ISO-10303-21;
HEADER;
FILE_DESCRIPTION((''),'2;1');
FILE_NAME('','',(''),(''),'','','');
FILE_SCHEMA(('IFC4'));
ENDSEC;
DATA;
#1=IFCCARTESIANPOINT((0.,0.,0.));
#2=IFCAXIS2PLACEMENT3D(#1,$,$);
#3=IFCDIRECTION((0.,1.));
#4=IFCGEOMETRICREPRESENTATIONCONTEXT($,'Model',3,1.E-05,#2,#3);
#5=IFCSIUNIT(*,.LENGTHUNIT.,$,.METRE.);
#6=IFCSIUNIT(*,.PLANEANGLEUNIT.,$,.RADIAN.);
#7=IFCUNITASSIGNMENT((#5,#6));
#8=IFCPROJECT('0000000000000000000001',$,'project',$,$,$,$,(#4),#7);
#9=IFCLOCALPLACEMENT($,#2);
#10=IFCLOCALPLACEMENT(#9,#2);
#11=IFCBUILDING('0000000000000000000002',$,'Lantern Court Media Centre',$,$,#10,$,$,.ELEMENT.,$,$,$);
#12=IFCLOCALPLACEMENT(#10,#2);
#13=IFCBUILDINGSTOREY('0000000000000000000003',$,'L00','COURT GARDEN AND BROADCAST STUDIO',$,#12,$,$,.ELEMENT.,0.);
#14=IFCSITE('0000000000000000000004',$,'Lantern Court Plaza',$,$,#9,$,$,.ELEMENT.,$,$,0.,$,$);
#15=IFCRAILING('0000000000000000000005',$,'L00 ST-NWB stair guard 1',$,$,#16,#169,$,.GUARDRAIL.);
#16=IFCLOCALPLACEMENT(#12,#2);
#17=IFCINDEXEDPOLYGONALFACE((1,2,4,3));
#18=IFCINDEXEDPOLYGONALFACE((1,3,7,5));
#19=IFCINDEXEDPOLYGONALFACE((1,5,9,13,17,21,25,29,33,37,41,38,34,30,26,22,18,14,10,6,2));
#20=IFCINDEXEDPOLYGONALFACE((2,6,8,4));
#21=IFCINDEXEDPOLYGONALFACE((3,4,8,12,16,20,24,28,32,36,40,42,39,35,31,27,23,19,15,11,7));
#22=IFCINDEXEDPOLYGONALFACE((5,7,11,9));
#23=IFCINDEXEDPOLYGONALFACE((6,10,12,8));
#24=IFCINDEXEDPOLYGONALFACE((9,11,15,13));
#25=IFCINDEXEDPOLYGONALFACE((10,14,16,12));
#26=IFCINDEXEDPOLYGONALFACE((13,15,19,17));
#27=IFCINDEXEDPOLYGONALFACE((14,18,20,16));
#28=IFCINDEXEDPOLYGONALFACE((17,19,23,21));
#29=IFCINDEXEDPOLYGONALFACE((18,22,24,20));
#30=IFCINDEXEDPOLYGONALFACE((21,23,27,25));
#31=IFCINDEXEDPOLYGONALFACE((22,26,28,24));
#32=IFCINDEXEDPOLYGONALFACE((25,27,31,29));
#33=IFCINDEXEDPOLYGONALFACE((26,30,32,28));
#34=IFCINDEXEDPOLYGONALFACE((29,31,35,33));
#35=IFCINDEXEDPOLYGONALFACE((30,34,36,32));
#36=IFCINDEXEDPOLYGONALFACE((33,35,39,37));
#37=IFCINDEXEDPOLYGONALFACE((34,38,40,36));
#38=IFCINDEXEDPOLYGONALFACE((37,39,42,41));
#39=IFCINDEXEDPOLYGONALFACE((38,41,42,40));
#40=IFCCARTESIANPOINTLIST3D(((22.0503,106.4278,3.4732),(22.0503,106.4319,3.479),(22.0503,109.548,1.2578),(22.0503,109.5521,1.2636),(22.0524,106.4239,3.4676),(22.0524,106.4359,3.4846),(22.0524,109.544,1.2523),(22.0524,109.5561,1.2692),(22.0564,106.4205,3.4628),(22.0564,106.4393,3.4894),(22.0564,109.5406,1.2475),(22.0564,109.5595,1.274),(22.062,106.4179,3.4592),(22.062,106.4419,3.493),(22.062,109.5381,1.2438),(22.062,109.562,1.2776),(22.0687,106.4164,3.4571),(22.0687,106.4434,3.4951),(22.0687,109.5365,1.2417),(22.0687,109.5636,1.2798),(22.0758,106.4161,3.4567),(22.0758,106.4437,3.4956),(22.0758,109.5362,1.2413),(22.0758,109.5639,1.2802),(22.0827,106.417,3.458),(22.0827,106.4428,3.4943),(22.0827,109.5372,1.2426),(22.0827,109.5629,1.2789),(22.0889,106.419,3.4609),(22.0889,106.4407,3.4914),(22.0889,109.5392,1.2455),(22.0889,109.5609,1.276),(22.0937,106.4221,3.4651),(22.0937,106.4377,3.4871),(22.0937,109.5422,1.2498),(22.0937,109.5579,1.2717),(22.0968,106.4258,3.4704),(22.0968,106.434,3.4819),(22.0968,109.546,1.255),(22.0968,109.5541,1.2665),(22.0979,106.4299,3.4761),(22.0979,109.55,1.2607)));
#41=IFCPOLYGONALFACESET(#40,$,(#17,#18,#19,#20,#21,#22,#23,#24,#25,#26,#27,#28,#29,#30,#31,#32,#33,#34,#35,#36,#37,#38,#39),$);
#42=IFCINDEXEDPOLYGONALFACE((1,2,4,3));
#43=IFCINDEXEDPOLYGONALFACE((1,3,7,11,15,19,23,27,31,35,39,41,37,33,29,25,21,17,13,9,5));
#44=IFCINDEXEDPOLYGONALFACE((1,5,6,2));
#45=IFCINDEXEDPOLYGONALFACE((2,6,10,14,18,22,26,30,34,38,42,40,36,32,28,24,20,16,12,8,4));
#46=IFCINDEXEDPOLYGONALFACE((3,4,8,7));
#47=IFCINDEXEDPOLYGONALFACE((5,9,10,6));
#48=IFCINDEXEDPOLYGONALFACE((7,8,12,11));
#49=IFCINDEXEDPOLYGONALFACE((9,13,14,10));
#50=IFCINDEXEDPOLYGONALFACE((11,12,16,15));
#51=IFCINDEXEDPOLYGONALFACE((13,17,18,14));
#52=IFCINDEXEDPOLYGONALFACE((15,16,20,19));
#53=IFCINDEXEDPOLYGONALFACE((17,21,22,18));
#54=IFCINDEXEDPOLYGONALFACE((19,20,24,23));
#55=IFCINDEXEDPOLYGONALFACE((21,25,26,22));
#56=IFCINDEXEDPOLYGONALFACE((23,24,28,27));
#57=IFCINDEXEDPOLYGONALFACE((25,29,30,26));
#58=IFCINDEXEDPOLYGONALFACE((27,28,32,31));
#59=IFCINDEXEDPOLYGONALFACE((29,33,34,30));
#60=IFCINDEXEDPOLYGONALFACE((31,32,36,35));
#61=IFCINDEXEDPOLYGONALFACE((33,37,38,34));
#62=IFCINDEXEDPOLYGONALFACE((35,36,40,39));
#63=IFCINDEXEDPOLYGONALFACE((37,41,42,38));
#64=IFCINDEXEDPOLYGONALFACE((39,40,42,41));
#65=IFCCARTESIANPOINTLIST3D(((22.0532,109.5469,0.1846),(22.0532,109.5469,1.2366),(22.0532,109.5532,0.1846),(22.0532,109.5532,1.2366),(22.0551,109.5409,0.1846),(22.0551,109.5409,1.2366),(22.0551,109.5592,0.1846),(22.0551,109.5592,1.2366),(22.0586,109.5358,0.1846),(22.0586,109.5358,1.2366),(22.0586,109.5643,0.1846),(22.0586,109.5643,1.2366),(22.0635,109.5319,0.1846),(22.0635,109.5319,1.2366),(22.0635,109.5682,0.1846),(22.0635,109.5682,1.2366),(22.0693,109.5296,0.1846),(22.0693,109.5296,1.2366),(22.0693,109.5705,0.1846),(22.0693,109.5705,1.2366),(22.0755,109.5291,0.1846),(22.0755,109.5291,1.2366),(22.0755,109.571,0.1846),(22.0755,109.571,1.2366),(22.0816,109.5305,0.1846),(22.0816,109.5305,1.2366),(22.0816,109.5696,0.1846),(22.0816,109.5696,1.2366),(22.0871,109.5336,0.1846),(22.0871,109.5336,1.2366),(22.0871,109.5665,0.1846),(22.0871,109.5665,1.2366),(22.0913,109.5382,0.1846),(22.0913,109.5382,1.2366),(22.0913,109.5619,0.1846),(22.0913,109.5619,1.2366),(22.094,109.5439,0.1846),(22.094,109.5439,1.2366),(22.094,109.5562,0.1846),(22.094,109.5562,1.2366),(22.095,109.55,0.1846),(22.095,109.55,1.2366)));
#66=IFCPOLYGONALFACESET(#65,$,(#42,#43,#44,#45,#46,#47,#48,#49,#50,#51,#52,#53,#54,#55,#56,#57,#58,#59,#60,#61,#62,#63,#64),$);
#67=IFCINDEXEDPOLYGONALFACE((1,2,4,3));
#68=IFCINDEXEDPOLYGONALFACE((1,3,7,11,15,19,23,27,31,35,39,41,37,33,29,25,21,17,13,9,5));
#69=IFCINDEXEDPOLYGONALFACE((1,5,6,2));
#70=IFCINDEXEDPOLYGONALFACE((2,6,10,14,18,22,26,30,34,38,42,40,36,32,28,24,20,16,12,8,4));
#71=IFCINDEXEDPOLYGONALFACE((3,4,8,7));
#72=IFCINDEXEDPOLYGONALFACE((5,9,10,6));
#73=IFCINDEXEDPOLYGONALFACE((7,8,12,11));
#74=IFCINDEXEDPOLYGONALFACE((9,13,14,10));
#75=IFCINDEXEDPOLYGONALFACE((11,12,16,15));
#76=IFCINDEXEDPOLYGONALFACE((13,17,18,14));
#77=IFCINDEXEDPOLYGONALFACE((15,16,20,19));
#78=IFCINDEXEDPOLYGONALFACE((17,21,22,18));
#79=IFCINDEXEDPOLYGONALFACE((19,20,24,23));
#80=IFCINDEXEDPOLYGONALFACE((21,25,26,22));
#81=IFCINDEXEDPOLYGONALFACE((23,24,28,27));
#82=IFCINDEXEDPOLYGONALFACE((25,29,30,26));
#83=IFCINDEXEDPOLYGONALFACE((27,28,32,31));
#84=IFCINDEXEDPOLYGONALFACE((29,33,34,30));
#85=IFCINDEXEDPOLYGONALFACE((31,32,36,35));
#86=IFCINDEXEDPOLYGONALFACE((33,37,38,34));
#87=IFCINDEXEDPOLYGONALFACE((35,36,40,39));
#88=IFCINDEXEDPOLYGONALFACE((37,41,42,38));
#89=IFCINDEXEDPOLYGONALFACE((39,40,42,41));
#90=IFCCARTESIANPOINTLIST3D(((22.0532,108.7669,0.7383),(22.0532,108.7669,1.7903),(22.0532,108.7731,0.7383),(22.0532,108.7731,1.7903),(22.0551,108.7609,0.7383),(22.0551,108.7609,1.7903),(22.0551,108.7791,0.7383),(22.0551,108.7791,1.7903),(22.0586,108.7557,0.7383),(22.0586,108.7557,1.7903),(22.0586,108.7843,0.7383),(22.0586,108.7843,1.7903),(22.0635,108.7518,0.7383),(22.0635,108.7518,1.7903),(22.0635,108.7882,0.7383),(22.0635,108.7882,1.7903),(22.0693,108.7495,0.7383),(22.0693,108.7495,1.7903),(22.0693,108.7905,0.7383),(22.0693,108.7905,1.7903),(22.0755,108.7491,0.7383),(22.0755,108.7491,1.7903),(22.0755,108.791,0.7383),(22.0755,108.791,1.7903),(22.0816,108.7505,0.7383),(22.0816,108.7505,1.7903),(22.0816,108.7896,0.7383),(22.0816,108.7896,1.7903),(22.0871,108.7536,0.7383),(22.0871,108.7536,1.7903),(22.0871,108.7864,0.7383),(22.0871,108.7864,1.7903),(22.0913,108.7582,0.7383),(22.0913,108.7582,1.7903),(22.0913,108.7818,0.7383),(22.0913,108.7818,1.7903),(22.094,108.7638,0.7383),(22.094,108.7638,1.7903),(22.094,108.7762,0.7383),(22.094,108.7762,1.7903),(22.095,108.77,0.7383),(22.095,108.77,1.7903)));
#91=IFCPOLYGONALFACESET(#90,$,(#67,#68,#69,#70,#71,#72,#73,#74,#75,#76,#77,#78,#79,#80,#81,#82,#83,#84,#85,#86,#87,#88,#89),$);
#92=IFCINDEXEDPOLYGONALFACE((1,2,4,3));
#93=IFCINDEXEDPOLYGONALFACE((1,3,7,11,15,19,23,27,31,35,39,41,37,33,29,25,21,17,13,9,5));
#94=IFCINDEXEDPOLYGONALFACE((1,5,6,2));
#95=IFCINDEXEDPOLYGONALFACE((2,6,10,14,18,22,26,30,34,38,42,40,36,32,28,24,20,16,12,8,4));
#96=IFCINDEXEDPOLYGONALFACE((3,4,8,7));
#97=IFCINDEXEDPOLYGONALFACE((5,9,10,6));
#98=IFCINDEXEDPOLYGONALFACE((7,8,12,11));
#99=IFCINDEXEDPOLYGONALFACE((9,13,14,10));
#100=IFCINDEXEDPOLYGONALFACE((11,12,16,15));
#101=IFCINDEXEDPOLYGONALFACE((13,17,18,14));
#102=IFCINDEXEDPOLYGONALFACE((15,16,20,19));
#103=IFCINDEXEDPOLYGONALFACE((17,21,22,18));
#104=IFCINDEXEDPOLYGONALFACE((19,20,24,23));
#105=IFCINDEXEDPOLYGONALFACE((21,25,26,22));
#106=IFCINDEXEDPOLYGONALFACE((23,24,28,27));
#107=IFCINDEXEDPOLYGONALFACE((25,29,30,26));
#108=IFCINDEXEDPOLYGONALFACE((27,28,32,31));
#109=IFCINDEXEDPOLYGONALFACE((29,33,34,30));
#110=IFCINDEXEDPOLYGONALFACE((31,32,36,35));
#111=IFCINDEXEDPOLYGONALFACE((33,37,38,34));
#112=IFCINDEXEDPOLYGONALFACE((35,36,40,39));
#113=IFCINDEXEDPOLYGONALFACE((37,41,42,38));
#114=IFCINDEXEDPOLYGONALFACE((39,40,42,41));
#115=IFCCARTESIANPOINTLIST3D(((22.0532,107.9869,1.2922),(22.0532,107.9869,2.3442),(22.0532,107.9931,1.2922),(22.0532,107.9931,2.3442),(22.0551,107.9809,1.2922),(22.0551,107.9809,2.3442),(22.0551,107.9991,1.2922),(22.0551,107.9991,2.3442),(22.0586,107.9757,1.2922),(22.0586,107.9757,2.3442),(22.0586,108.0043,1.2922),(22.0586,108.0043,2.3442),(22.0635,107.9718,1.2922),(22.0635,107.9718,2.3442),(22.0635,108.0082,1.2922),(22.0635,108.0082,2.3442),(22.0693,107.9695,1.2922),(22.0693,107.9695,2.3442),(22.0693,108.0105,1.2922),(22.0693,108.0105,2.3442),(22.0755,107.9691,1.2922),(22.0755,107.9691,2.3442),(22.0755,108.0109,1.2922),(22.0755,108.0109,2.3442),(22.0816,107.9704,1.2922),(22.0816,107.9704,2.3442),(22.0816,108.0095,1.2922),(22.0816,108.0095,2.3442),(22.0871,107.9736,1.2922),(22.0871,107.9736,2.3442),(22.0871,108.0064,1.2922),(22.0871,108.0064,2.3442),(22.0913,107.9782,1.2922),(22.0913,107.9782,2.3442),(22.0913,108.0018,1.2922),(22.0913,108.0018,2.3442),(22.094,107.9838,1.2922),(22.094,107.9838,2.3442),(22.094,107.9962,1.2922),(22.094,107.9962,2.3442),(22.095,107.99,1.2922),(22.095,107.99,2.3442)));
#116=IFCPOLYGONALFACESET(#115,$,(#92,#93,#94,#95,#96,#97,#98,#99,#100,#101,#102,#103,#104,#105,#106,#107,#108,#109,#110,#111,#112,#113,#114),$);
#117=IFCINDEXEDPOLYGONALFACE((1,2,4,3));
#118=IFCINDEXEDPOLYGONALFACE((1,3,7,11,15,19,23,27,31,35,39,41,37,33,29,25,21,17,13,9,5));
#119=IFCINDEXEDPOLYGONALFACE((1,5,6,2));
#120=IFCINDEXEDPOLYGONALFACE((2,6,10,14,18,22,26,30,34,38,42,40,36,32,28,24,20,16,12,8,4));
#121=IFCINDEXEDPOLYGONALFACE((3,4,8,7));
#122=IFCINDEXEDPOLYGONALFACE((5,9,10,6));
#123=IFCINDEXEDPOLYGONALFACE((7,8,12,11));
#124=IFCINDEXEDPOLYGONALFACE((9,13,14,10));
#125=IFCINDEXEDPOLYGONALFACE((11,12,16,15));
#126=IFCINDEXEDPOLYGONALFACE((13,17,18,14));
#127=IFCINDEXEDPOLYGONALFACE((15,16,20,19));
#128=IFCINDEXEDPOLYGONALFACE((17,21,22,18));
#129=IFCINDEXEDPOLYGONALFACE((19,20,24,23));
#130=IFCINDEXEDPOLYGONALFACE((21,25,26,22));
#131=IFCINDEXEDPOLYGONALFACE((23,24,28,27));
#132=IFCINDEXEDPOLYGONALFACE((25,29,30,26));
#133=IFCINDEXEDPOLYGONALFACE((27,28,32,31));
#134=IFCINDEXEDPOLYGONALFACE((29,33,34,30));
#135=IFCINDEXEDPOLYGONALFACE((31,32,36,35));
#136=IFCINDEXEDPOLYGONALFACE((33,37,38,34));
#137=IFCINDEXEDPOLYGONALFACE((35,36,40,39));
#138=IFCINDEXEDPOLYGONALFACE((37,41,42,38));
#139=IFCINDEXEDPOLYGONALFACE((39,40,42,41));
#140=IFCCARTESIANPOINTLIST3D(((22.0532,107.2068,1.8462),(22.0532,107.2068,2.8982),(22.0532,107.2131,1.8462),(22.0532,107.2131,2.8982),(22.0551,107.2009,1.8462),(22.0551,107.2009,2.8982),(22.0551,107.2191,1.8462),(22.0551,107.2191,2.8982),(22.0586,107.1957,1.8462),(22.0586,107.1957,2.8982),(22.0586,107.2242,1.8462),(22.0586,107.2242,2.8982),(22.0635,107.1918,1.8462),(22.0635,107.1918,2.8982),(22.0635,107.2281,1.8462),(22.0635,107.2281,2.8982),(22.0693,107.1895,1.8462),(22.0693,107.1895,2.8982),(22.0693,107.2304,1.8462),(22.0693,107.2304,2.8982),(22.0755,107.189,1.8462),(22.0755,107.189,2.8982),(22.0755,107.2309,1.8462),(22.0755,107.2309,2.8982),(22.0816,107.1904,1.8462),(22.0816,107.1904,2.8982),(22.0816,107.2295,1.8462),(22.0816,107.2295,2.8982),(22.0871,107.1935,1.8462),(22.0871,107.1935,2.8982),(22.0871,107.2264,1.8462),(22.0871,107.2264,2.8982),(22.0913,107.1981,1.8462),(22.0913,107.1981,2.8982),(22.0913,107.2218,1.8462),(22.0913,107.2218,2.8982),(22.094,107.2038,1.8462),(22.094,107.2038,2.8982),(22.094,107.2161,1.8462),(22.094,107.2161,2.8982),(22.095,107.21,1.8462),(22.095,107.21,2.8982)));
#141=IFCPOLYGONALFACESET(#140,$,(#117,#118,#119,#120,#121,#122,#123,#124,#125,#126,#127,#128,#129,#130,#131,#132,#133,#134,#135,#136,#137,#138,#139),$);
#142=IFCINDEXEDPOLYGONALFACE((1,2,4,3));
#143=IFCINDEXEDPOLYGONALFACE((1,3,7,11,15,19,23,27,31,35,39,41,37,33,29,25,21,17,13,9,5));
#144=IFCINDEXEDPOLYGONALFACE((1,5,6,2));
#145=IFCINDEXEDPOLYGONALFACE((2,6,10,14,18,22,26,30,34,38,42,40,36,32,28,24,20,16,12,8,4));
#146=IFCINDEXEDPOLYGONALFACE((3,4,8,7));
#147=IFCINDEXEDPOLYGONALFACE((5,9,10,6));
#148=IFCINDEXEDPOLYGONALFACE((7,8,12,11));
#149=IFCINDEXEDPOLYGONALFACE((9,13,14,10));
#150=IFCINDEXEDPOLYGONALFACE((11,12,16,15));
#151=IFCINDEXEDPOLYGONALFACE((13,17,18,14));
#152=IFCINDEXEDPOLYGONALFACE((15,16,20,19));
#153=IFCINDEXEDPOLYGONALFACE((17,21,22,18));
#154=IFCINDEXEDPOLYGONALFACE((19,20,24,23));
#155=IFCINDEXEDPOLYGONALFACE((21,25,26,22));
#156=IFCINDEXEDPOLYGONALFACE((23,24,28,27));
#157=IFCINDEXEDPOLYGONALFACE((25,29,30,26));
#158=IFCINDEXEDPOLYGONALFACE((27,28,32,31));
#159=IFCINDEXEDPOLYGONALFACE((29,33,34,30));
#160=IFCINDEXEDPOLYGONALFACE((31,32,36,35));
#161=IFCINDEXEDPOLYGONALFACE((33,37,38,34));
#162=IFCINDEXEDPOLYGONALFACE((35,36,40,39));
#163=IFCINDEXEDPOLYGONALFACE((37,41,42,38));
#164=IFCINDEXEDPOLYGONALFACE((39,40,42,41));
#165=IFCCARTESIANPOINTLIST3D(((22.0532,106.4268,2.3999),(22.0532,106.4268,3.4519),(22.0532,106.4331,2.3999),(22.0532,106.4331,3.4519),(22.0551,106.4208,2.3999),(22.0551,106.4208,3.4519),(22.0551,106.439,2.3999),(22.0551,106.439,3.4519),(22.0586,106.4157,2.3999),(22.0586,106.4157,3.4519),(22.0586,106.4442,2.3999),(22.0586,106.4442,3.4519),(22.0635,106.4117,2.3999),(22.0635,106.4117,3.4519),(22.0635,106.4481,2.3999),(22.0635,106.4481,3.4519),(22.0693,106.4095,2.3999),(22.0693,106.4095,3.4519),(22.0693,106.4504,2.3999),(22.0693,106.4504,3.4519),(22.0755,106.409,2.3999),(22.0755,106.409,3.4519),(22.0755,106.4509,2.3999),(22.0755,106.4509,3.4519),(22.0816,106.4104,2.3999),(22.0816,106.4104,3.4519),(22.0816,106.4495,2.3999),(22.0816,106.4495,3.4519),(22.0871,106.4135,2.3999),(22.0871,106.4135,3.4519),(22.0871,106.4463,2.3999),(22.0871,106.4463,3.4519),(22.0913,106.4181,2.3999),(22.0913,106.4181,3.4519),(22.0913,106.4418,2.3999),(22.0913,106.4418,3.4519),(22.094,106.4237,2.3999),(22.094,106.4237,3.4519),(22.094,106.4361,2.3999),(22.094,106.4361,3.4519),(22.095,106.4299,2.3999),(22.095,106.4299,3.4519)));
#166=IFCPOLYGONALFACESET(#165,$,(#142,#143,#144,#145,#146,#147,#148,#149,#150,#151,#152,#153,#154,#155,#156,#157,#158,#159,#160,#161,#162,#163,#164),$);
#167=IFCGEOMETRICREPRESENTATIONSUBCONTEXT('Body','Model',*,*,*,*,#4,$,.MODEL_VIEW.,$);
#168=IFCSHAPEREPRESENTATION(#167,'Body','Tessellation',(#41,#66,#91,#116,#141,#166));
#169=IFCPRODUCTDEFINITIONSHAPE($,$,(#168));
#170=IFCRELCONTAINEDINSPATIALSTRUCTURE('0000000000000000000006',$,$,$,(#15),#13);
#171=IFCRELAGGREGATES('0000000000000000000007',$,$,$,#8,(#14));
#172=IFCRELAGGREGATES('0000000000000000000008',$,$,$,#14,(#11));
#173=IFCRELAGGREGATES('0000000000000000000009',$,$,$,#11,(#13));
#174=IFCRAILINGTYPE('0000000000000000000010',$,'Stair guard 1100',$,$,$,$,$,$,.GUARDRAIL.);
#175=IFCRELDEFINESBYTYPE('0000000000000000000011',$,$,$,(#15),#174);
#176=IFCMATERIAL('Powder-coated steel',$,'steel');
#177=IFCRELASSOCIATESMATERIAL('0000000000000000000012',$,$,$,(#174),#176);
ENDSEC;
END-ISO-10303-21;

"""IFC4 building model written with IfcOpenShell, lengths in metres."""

from ifc_helpers import new_model, si_unit, direction, frame, origin, origin_2d, place, context, subcontext, project, spatial, circle, extrude, material, type_object, element, save


model = new_model("IFC4")

# Units and contexts
model_context = context("Model", 3, precision=1e-05, world=origin(), true_north=direction((0.0, 1.0)))
body_context = subcontext(model_context, "Body", "Model", "MODEL_VIEW")
ifc_project = project(units=[si_unit("LENGTHUNIT", "METRE"), si_unit("PLANEANGLEUNIT", "RADIAN")], contexts=[model_context])

# Site, building, storey
site_placement = place(None, origin())
site = spatial("IfcSite", under=ifc_project, at=site_placement, Name="Lantern Court Plaza", CompositionType="ELEMENT", RefElevation=0.0)
building_placement = place(site_placement, origin())
building = spatial("IfcBuilding", under=site, at=building_placement, Name="Lantern Court Media Centre", CompositionType="ELEMENT")
storey_placement = place(building_placement, origin())
storey = spatial("IfcBuildingStorey", under=building, at=storey_placement, Name="L00", Description="COURT GARDEN AND BROADCAST STUDIO", CompositionType="ELEMENT", Elevation=0.0)

# Shared definitions
ifc_material_1 = material(Name="Powder-coated steel", Category="steel")

# Railing
railing_type_1 = type_object("IfcRailingType", Name="Stair guard 1100", PredefinedType="GUARDRAIL", material=ifc_material_1)
railing_1_placement = place(storey_placement, frame((22.074, 109.55, 0.1846)))
element("IfcRailing", 1, at=railing_1_placement, inside=storey, type_object=railing_type_1, Name="L00 ST-NWB stair guard 1", PredefinedType="GUARDRAIL", context=body_context, shape_type="SweptSolid", body=[
    extrude(circle(Radius=0.0239, at=origin_2d()), frame((0.0, 0.0, 1.0762), z_axis=(0.0, -0.815377, 0.57893), x_axis=(1.0, 0.0, 0.0)), (0.0, 0.0, 1.0), 3.8267),
    extrude(circle(Radius=0.021, at=origin_2d()), origin(), (0.0, 0.0, 1.0), 1.052),
    extrude(circle(Radius=0.021, at=origin_2d()), frame((0.0, -0.78, 0.5537)), (0.0, 0.0, 1.0), 1.052),
    extrude(circle(Radius=0.021, at=origin_2d()), frame((0.0, -1.5601, 1.1077)), (0.0, 0.0, 1.0), 1.052),
    extrude(circle(Radius=0.021, at=origin_2d()), frame((0.0, -2.3401, 1.6616)), (0.0, 0.0, 1.0), 1.052),
    extrude(circle(Radius=0.021, at=origin_2d()), frame((0.0, -3.1201, 2.2153)), (0.0, 0.0, 1.0), 1.052),
])

save(model, "model.ifc")
